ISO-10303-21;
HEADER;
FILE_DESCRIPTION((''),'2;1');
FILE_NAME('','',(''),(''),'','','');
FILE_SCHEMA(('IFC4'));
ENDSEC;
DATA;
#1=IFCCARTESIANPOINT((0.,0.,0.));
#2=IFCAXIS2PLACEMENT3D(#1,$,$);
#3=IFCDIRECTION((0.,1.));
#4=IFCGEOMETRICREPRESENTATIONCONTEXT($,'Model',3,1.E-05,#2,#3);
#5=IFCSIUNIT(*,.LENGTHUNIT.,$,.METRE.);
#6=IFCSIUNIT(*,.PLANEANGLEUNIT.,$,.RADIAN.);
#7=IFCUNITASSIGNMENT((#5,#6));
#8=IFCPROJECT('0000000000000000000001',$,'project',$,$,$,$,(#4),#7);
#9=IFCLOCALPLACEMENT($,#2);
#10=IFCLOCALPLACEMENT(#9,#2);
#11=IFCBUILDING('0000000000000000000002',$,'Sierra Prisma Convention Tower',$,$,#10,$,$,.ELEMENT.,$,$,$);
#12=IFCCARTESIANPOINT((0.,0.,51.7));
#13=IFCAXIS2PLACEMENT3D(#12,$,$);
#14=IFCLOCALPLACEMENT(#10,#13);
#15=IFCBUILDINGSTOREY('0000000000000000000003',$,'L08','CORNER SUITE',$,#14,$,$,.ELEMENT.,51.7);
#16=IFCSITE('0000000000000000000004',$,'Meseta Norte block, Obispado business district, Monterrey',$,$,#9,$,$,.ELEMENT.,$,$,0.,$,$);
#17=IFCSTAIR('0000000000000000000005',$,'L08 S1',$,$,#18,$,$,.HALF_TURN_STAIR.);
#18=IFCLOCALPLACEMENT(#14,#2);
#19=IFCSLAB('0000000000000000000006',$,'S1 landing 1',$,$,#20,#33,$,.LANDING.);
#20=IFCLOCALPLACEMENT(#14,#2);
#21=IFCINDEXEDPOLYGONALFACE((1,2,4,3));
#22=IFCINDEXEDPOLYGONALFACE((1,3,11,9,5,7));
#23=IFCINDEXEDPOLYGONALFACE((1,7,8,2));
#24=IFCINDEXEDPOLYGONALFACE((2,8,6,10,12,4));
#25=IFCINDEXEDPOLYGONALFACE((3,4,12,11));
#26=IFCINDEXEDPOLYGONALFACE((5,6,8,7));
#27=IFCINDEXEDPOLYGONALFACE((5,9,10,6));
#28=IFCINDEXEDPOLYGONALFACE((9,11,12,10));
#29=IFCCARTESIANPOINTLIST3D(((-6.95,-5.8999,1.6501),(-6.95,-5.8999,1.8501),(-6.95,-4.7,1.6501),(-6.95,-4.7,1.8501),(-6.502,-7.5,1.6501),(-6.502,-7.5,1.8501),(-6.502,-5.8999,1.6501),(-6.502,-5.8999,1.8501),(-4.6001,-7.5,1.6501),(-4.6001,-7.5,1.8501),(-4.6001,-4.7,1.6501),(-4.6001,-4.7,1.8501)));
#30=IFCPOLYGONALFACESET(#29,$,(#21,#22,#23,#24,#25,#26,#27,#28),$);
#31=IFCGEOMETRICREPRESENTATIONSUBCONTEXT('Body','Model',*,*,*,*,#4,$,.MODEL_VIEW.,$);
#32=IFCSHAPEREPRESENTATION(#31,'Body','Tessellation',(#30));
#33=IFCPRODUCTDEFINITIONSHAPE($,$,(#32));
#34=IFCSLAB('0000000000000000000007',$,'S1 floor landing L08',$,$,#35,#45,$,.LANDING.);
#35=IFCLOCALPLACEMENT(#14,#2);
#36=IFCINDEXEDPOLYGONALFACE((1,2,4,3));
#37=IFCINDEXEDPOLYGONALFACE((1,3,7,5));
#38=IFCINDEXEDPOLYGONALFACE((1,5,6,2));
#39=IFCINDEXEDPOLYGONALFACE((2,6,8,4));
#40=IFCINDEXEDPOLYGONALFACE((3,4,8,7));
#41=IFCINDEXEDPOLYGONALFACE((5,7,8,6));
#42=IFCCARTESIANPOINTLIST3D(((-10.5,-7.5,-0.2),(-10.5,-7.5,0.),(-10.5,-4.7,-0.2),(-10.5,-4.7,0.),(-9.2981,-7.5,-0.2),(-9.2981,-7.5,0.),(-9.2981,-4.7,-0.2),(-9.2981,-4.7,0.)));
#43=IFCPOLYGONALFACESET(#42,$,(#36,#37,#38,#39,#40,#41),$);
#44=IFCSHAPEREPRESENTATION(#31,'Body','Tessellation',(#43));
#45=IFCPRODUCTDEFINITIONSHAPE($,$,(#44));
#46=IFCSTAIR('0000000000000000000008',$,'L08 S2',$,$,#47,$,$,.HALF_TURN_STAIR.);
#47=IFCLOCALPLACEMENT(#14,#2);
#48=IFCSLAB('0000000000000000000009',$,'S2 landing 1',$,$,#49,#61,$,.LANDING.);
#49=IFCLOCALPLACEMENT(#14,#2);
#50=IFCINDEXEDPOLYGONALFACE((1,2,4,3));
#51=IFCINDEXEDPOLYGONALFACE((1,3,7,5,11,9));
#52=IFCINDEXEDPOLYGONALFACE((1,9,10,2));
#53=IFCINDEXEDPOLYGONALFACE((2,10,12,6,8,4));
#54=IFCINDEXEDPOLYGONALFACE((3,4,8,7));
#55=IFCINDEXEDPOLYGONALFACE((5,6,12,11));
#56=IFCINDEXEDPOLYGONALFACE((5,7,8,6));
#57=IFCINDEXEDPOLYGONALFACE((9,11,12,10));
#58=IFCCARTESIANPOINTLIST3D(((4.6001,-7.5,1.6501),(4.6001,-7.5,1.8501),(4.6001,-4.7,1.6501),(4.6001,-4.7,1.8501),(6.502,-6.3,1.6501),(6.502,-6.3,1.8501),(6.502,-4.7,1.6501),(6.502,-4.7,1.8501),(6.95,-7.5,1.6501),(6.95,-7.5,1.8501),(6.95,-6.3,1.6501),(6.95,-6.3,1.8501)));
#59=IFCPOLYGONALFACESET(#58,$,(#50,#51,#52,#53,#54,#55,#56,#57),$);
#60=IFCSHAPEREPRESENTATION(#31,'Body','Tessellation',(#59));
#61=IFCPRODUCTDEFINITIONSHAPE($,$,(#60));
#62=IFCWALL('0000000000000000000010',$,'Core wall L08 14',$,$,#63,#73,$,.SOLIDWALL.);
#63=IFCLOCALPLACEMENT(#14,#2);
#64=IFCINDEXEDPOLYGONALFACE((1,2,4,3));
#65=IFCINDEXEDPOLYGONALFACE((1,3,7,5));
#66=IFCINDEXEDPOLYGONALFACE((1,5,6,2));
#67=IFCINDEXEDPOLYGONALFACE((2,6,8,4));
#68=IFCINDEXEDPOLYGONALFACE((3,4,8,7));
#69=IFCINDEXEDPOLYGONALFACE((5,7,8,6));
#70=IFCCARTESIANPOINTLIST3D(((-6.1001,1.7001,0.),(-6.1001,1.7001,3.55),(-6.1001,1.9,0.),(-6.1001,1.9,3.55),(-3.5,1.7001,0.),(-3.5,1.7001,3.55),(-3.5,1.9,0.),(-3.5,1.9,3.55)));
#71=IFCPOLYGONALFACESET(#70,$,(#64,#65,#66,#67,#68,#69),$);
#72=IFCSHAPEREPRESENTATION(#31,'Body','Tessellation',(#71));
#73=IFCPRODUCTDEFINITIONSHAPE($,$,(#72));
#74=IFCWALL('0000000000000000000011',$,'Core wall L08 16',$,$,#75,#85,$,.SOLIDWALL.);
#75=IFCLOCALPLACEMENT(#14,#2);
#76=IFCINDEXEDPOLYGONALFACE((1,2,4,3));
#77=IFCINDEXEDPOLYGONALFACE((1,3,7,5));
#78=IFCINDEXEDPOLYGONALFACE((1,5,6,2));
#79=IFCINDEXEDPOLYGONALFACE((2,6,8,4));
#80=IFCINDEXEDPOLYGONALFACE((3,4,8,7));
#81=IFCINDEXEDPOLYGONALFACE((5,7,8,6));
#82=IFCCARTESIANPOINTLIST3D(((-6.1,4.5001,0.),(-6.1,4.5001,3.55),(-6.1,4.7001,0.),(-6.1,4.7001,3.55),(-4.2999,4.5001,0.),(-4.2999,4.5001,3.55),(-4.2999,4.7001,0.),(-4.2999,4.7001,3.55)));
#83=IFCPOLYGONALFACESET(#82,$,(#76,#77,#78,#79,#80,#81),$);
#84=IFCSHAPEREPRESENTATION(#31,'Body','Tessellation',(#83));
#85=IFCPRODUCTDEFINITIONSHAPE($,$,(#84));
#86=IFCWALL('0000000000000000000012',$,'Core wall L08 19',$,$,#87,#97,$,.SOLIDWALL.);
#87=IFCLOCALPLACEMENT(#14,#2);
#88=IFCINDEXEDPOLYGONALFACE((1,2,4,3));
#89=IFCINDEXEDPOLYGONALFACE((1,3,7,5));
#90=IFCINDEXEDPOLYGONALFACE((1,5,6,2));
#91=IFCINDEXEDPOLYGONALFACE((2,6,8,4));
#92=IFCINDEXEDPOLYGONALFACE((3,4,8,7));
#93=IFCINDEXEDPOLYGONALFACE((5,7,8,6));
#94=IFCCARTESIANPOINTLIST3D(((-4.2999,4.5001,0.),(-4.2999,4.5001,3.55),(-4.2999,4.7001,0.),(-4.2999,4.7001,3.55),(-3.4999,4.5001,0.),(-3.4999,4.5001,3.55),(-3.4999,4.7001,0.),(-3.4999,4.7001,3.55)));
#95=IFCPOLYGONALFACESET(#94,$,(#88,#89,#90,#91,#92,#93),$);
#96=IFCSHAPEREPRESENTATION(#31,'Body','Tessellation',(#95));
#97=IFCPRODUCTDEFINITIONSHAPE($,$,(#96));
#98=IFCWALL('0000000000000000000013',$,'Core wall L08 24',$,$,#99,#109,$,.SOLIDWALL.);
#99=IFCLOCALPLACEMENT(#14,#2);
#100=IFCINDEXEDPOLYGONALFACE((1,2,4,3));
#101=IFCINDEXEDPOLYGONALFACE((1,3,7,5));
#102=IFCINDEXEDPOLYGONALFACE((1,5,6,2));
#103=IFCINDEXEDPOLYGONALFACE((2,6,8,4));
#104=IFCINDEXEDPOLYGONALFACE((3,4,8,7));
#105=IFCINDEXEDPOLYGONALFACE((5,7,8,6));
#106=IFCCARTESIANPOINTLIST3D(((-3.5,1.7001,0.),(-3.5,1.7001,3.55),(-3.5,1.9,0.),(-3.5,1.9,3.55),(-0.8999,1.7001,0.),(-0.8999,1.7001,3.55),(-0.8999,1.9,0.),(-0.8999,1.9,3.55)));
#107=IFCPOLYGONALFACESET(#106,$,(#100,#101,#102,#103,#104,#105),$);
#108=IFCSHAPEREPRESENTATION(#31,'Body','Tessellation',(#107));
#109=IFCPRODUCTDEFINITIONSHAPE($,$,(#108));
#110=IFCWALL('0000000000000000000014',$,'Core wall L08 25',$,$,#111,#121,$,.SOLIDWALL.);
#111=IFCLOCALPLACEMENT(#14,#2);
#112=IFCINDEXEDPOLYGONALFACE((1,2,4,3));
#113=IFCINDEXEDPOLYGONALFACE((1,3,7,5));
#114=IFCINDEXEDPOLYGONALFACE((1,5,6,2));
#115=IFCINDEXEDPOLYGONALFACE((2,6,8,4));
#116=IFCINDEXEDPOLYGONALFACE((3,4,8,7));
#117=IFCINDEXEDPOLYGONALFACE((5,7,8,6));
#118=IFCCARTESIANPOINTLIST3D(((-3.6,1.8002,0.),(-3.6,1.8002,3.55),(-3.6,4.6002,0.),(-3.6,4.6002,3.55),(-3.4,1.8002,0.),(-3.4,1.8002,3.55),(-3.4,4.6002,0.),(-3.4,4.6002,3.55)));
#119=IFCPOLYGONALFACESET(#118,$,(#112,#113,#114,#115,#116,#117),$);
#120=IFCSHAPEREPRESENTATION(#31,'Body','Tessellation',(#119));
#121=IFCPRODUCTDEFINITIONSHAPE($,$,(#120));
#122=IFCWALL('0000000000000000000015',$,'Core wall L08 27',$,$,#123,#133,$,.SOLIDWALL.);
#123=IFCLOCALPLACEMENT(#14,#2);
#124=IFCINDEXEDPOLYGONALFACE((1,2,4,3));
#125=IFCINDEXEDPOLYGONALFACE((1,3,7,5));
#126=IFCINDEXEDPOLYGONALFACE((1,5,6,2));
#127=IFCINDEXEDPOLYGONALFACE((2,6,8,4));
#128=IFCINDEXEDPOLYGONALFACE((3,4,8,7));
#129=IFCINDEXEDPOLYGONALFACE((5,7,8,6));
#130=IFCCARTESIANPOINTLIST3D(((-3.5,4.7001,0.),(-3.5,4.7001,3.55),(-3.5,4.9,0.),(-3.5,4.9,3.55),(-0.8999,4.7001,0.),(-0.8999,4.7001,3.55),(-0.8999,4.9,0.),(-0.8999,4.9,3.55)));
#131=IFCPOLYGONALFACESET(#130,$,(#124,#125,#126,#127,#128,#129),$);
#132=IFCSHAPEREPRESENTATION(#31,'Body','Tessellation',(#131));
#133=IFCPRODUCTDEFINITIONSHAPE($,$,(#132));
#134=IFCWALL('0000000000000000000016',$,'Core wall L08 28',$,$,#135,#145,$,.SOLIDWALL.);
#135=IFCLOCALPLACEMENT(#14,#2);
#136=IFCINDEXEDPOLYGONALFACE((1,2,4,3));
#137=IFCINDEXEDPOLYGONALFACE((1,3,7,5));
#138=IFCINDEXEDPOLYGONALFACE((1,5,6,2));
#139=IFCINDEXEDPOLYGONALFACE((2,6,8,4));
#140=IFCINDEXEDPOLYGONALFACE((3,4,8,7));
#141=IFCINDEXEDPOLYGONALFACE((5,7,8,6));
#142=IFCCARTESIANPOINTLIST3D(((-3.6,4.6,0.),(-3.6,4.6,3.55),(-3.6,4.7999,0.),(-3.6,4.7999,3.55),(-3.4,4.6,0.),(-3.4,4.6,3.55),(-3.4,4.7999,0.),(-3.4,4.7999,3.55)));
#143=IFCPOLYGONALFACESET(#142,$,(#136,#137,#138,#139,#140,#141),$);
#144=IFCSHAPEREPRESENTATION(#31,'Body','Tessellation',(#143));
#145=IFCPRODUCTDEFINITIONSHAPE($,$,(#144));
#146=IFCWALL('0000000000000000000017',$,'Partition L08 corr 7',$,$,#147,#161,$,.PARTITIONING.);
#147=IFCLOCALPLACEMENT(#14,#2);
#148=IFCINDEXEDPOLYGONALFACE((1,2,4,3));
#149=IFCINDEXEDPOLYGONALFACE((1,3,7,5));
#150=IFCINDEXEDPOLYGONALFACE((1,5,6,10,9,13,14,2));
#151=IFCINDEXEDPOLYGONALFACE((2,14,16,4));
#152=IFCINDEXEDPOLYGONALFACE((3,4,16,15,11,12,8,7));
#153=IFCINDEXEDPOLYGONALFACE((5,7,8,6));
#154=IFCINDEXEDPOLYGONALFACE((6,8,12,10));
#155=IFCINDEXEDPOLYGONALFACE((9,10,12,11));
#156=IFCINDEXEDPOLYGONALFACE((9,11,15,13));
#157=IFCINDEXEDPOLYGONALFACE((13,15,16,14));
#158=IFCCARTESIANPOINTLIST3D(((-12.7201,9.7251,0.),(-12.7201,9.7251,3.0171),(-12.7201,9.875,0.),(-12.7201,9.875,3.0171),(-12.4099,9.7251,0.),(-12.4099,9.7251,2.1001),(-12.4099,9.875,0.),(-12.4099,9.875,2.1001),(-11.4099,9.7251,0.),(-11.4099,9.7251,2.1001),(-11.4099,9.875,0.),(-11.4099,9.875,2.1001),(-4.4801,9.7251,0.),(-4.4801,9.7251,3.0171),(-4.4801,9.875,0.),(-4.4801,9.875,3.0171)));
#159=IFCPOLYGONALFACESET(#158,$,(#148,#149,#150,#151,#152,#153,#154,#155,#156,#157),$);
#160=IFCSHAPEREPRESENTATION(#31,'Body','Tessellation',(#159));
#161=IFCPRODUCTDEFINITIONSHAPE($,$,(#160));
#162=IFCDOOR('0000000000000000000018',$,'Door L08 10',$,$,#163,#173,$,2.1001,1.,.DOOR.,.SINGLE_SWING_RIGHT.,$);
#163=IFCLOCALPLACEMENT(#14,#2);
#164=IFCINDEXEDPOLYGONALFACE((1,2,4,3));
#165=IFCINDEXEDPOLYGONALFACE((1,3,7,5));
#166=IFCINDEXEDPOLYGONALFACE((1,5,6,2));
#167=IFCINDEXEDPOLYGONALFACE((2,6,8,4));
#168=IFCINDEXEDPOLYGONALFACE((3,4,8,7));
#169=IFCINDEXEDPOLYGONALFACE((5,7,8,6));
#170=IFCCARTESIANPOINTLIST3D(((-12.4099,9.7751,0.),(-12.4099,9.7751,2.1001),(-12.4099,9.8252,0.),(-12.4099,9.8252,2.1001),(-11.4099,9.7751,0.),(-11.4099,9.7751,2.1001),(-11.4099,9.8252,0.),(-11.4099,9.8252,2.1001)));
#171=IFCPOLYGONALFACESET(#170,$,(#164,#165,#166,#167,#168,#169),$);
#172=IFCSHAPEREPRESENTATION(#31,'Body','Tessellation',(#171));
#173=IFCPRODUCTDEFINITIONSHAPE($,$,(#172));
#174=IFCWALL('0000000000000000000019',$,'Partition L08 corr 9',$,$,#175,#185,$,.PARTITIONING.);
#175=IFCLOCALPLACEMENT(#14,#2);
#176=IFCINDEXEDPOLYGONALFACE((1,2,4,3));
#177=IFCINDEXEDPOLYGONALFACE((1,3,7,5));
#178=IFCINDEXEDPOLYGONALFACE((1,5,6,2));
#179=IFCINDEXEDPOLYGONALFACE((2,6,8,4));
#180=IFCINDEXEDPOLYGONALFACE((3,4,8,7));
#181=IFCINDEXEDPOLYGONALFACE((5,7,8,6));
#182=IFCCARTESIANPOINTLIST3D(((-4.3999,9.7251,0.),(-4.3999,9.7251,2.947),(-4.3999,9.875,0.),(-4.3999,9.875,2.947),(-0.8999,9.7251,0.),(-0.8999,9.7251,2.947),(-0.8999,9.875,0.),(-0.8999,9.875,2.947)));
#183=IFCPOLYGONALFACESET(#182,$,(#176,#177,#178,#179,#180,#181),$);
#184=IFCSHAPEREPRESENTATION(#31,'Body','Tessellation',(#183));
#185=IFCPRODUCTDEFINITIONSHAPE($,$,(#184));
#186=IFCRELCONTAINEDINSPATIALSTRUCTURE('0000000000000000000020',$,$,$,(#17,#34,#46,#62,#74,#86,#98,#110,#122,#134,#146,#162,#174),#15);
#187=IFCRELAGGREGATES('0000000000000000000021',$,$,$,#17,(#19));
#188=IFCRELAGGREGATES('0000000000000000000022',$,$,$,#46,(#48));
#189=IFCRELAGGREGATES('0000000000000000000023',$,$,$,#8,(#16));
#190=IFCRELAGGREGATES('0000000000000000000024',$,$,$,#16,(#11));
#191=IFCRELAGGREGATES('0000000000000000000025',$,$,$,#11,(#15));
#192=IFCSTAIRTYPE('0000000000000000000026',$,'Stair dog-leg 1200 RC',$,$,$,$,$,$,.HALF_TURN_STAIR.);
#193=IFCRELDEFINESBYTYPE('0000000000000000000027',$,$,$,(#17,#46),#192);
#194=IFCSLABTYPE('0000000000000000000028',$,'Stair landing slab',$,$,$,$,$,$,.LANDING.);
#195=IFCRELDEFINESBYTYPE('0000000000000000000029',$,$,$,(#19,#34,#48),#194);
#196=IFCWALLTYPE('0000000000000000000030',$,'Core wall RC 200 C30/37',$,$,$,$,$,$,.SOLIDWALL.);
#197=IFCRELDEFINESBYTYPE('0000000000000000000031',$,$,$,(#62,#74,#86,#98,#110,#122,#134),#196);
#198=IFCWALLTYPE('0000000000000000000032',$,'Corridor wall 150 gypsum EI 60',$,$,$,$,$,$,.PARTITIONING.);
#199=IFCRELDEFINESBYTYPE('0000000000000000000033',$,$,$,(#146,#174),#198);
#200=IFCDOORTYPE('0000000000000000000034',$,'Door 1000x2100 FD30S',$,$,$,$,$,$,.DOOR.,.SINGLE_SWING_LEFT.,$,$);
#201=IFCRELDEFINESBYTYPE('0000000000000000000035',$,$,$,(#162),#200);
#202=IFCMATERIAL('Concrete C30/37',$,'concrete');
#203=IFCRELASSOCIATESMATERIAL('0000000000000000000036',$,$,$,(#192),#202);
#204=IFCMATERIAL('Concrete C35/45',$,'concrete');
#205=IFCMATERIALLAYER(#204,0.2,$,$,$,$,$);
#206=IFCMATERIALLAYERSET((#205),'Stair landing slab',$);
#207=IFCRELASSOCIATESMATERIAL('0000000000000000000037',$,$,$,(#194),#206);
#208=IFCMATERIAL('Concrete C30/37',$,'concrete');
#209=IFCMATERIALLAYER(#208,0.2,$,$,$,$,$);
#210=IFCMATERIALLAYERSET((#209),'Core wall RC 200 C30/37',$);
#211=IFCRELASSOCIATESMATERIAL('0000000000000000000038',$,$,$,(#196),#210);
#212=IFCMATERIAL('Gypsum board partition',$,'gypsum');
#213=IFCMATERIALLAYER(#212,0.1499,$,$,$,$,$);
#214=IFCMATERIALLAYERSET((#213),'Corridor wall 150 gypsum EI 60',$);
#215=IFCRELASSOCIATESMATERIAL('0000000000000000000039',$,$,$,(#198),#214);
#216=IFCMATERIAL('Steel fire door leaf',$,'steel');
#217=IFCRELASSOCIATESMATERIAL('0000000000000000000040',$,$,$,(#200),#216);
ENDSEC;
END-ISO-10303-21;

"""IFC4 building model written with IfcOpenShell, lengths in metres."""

from ifc_helpers import new_model, si_unit, direction, frame, frame_2d, origin, place, context, subcontext, project, spatial, polyline, rectangle, outline, extrude, material, layer, layer_set, type_object, element, fill, aggregate, save


model = new_model("IFC4")

# Units and contexts
model_context = context("Model", 3, precision=1e-05, world=origin(), true_north=direction((0.0, 1.0)))
body_context = subcontext(model_context, "Body", "Model", "MODEL_VIEW")
ifc_project = project(units=[si_unit("LENGTHUNIT", "METRE"), si_unit("PLANEANGLEUNIT", "RADIAN")], contexts=[model_context])

# Site, building, storey
site_placement = place(None, origin())
site = spatial("IfcSite", under=ifc_project, at=site_placement, Name="Meseta Norte block, Obispado business district, Monterrey", CompositionType="ELEMENT", RefElevation=0.0)
building_placement = place(site_placement, origin())
building = spatial("IfcBuilding", under=site, at=building_placement, Name="Sierra Prisma Convention Tower", CompositionType="ELEMENT")
storey_placement = place(building_placement, frame((0.0, 0.0, 51.7)))
storey = spatial("IfcBuildingStorey", under=building, at=storey_placement, Name="L08", Description="CORNER SUITE", CompositionType="ELEMENT", Elevation=51.7)

# Stair, slab
ifc_material_1 = material(Name="Concrete C30/37", Category="concrete")
stair_type = type_object("IfcStairType", Name="Stair dog-leg 1200 RC", PredefinedType="HALF_TURN_STAIR", material=ifc_material_1)
stair_1_placement = place(storey_placement, origin())
stair_1 = element("IfcStair", 1, at=stair_1_placement, inside=storey, type_object=stair_type, Name="L08 S1", PredefinedType="HALF_TURN_STAIR")
ifc_material_2 = material(Name="Concrete C35/45", Category="concrete")
ifc_layer_1 = layer(ifc_material_2, 0.2)
ifc_layer_set_1 = layer_set([ifc_layer_1], Name="Stair landing slab")
slab_type_1 = type_object("IfcSlabType", Name="Stair landing slab", PredefinedType="LANDING", material=ifc_layer_set_1)
slab_1_placement = place(storey_placement, frame((0.0, 0.0, 1.6501)))
slab_1 = element("IfcSlab", 2, at=slab_1_placement, type_object=slab_type_1, Name="S1 landing 1", PredefinedType="LANDING", context=body_context, shape_type="SweptSolid", body=[
    extrude(outline(polyline([(-4.6001, -4.7), (-4.6001, -7.5), (-6.502, -7.5), (-6.502, -5.8999), (-6.95, -5.8999), (-6.95, -4.7), (-4.6001, -4.7)])), origin(), (0.0, 0.0, 1.0), 0.2),
])
aggregate(stair_1, [slab_1])

# Slab
slab_2_placement = place(storey_placement, frame((0.0, 0.0, -0.2)))
element("IfcSlab", 3, at=slab_2_placement, inside=storey, type_object=slab_type_1, Name="S1 floor landing L08", PredefinedType="LANDING", context=body_context, shape_type="SweptSolid", body=[
    extrude(outline(polyline([(-10.5, -7.5), (-9.2981, -7.5), (-9.2981, -4.7), (-10.5, -4.7), (-10.5, -7.5)])), origin(), (0.0, 0.0, 1.0), 0.2),
])

# Stair, slab
stair_2_placement = place(storey_placement, origin())
stair_2 = element("IfcStair", 4, at=stair_2_placement, inside=storey, type_object=stair_type, Name="L08 S2", PredefinedType="HALF_TURN_STAIR")
slab_3_placement = place(storey_placement, frame((0.0, 0.0, 1.6501)))
slab_3 = element("IfcSlab", 5, at=slab_3_placement, type_object=slab_type_1, Name="S2 landing 1", PredefinedType="LANDING", context=body_context, shape_type="SweptSolid", body=[
    extrude(outline(polyline([(6.95, -6.3), (6.95, -7.5), (4.6001, -7.5), (4.6001, -4.7), (6.502, -4.7), (6.502, -6.3), (6.95, -6.3)])), origin(), (0.0, 0.0, 1.0), 0.2),
])
aggregate(stair_2, [slab_3])

# Walls
ifc_material_3 = material(Name="Concrete C30/37", Category="concrete")
ifc_layer_2 = layer(ifc_material_3, 0.2)
ifc_layer_set_2 = layer_set([ifc_layer_2], Name="Core wall RC 200 C30/37")
wall_type_1 = type_object("IfcWallType", Name="Core wall RC 200 C30/37", PredefinedType="SOLIDWALL", material=ifc_layer_set_2)
wall_1_placement = place(storey_placement, frame((-3.5, 1.8, 0.0), z_axis=(0.0, 0.0, 1.0), x_axis=(-1.0, 0.0, 0.0)))
element("IfcWall", 6, at=wall_1_placement, inside=storey, type_object=wall_type_1, Name="Core wall L08 14", PredefinedType="SOLIDWALL", context=body_context, shape_type="SweptSolid", body=[
    extrude(rectangle(XDim=2.6001, YDim=0.2, at=frame_2d((1.3, 0.0))), origin(), (0.0, 0.0, 1.0), 3.55),
])
wall_2_placement = place(storey_placement, frame((-4.3, 4.6001, 0.0), z_axis=(0.0, 0.0, 1.0), x_axis=(-1.0, 0.0, 0.0)))
element("IfcWall", 7, at=wall_2_placement, inside=storey, type_object=wall_type_1, Name="Core wall L08 16", PredefinedType="SOLIDWALL", context=body_context, shape_type="SweptSolid", body=[
    extrude(rectangle(XDim=1.8, YDim=0.2, at=frame_2d((0.8999, 0.0))), origin(), (0.0, 0.0, 1.0), 3.55),
])
wall_3_placement = place(storey_placement, frame((-3.5, 4.6001, 0.0), z_axis=(0.0, 0.0, 1.0), x_axis=(-1.0, 0.0, 0.0)))
element("IfcWall", 8, at=wall_3_placement, inside=storey, type_object=wall_type_1, Name="Core wall L08 19", PredefinedType="SOLIDWALL", context=body_context, shape_type="SweptSolid", body=[
    extrude(rectangle(XDim=0.8, YDim=0.2, at=frame_2d((0.3999, 0.0))), origin(), (0.0, 0.0, 1.0), 3.55),
])

# Walls
wall_4_placement = place(storey_placement, frame((-0.8999, 1.8, 0.0), z_axis=(0.0, 0.0, 1.0), x_axis=(-1.0, 0.0, 0.0)))
element("IfcWall", 9, at=wall_4_placement, inside=storey, type_object=wall_type_1, Name="Core wall L08 24", PredefinedType="SOLIDWALL", context=body_context, shape_type="SweptSolid", body=[
    extrude(rectangle(XDim=2.6001, YDim=0.2, at=frame_2d((1.3, 0.0))), origin(), (0.0, 0.0, 1.0), 3.55),
])
wall_5_placement = place(storey_placement, frame((-3.5, 4.6001, 0.0), z_axis=(0.0, 0.0, 1.0), x_axis=(0.0, -1.0, 0.0)))
element("IfcWall", 10, at=wall_5_placement, inside=storey, type_object=wall_type_1, Name="Core wall L08 25", PredefinedType="SOLIDWALL", context=body_context, shape_type="SweptSolid", body=[
    extrude(rectangle(XDim=2.8, YDim=0.2, at=frame_2d((1.3999, 0.0))), origin(), (0.0, 0.0, 1.0), 3.55),
])

# Walls
wall_6_placement = place(storey_placement, frame((-0.8999, 4.8, 0.0), z_axis=(0.0, 0.0, 1.0), x_axis=(-1.0, 0.0, 0.0)))
element("IfcWall", 11, at=wall_6_placement, inside=storey, type_object=wall_type_1, Name="Core wall L08 27", PredefinedType="SOLIDWALL", context=body_context, shape_type="SweptSolid", body=[
    extrude(rectangle(XDim=2.6001, YDim=0.2, at=frame_2d((1.3, 0.0))), origin(), (0.0, 0.0, 1.0), 3.55),
])
wall_7_placement = place(storey_placement, frame((-3.5, 4.8, 0.0), z_axis=(0.0, 0.0, 1.0), x_axis=(0.0, -1.0, 0.0)))
element("IfcWall", 12, at=wall_7_placement, inside=storey, type_object=wall_type_1, Name="Core wall L08 28", PredefinedType="SOLIDWALL", context=body_context, shape_type="SweptSolid", body=[
    extrude(rectangle(XDim=0.2, YDim=0.2, at=frame_2d((0.1001, 0.0))), origin(), (0.0, 0.0, 1.0), 3.55),
])

# Wall, opening, door
ifc_material_4 = material(Name="Gypsum board partition", Category="gypsum")
ifc_layer_3 = layer(ifc_material_4, 0.1499)
ifc_layer_set_3 = layer_set([ifc_layer_3], Name="Corridor wall 150 gypsum EI 60")
wall_type_2 = type_object("IfcWallType", Name="Corridor wall 150 gypsum EI 60", PredefinedType="PARTITIONING", material=ifc_layer_set_3)
wall_8_placement = place(storey_placement, frame((-4.48, 9.8, 0.0), z_axis=(0.0, 0.0, 1.0), x_axis=(-1.0, 0.0, 0.0)))
wall_8 = element("IfcWall", 13, at=wall_8_placement, inside=storey, type_object=wall_type_2, Name="Partition L08 corr 7", PredefinedType="PARTITIONING", context=body_context, shape_type="SweptSolid", body=[
    extrude(rectangle(XDim=8.24, YDim=0.1499, at=frame_2d((4.1201, 0.0))), origin(), (0.0, 0.0, 1.0), 3.0171),
])
opening_1_placement = place(wall_8_placement, frame((6.9299, 0.0, 0.0)))
opening_1 = element("IfcOpeningElement", 14, at=opening_1_placement, cuts=wall_8, PredefinedType="OPENING", context=body_context, shape_type="SweptSolid", body=[
    extrude(rectangle(XDim=1.0, YDim=2.1001, at=frame_2d((0.5, 1.05))), frame((0.0, 0.075, 0.0), z_axis=(0.0, -1.0, 0.0), x_axis=(1.0, 0.0, 0.0)), (0.0, 0.0, 1.0), 0.1499),
])
ifc_material_5 = material(Name="Steel fire door leaf", Category="steel")
door_type_1 = type_object("IfcDoorType", Name="Door 1000x2100 FD30S", OperationType="SINGLE_SWING_LEFT", PredefinedType="DOOR", material=ifc_material_5)
door_1_placement = place(opening_1_placement, origin())
door_1 = element("IfcDoor", 15, at=door_1_placement, inside=storey, type_object=door_type_1, Name="Door L08 10", OperationType="SINGLE_SWING_RIGHT", OverallHeight=2.1001, OverallWidth=1.0, PredefinedType="DOOR", context=body_context, shape_type="SweptSolid", body=[
    extrude(rectangle(XDim=1.0, YDim=2.1001, at=frame_2d((0.5, 1.05))), frame((0.0, 0.0249, 0.0), z_axis=(0.0, -1.0, 0.0), x_axis=(1.0, 0.0, 0.0)), (0.0, 0.0, 1.0), 0.05),
])
fill(opening_1, door_1)

# Wall
wall_9_placement = place(storey_placement, frame((-0.8999, 9.8, 0.0), z_axis=(0.0, 0.0, 1.0), x_axis=(-1.0, 0.0, 0.0)))
element("IfcWall", 16, at=wall_9_placement, inside=storey, type_object=wall_type_2, Name="Partition L08 corr 9", PredefinedType="PARTITIONING", context=body_context, shape_type="SweptSolid", body=[
    extrude(rectangle(XDim=3.5, YDim=0.1499, at=frame_2d((1.75, 0.0))), origin(), (0.0, 0.0, 1.0), 2.947),
])

save(model, "model.ifc")
